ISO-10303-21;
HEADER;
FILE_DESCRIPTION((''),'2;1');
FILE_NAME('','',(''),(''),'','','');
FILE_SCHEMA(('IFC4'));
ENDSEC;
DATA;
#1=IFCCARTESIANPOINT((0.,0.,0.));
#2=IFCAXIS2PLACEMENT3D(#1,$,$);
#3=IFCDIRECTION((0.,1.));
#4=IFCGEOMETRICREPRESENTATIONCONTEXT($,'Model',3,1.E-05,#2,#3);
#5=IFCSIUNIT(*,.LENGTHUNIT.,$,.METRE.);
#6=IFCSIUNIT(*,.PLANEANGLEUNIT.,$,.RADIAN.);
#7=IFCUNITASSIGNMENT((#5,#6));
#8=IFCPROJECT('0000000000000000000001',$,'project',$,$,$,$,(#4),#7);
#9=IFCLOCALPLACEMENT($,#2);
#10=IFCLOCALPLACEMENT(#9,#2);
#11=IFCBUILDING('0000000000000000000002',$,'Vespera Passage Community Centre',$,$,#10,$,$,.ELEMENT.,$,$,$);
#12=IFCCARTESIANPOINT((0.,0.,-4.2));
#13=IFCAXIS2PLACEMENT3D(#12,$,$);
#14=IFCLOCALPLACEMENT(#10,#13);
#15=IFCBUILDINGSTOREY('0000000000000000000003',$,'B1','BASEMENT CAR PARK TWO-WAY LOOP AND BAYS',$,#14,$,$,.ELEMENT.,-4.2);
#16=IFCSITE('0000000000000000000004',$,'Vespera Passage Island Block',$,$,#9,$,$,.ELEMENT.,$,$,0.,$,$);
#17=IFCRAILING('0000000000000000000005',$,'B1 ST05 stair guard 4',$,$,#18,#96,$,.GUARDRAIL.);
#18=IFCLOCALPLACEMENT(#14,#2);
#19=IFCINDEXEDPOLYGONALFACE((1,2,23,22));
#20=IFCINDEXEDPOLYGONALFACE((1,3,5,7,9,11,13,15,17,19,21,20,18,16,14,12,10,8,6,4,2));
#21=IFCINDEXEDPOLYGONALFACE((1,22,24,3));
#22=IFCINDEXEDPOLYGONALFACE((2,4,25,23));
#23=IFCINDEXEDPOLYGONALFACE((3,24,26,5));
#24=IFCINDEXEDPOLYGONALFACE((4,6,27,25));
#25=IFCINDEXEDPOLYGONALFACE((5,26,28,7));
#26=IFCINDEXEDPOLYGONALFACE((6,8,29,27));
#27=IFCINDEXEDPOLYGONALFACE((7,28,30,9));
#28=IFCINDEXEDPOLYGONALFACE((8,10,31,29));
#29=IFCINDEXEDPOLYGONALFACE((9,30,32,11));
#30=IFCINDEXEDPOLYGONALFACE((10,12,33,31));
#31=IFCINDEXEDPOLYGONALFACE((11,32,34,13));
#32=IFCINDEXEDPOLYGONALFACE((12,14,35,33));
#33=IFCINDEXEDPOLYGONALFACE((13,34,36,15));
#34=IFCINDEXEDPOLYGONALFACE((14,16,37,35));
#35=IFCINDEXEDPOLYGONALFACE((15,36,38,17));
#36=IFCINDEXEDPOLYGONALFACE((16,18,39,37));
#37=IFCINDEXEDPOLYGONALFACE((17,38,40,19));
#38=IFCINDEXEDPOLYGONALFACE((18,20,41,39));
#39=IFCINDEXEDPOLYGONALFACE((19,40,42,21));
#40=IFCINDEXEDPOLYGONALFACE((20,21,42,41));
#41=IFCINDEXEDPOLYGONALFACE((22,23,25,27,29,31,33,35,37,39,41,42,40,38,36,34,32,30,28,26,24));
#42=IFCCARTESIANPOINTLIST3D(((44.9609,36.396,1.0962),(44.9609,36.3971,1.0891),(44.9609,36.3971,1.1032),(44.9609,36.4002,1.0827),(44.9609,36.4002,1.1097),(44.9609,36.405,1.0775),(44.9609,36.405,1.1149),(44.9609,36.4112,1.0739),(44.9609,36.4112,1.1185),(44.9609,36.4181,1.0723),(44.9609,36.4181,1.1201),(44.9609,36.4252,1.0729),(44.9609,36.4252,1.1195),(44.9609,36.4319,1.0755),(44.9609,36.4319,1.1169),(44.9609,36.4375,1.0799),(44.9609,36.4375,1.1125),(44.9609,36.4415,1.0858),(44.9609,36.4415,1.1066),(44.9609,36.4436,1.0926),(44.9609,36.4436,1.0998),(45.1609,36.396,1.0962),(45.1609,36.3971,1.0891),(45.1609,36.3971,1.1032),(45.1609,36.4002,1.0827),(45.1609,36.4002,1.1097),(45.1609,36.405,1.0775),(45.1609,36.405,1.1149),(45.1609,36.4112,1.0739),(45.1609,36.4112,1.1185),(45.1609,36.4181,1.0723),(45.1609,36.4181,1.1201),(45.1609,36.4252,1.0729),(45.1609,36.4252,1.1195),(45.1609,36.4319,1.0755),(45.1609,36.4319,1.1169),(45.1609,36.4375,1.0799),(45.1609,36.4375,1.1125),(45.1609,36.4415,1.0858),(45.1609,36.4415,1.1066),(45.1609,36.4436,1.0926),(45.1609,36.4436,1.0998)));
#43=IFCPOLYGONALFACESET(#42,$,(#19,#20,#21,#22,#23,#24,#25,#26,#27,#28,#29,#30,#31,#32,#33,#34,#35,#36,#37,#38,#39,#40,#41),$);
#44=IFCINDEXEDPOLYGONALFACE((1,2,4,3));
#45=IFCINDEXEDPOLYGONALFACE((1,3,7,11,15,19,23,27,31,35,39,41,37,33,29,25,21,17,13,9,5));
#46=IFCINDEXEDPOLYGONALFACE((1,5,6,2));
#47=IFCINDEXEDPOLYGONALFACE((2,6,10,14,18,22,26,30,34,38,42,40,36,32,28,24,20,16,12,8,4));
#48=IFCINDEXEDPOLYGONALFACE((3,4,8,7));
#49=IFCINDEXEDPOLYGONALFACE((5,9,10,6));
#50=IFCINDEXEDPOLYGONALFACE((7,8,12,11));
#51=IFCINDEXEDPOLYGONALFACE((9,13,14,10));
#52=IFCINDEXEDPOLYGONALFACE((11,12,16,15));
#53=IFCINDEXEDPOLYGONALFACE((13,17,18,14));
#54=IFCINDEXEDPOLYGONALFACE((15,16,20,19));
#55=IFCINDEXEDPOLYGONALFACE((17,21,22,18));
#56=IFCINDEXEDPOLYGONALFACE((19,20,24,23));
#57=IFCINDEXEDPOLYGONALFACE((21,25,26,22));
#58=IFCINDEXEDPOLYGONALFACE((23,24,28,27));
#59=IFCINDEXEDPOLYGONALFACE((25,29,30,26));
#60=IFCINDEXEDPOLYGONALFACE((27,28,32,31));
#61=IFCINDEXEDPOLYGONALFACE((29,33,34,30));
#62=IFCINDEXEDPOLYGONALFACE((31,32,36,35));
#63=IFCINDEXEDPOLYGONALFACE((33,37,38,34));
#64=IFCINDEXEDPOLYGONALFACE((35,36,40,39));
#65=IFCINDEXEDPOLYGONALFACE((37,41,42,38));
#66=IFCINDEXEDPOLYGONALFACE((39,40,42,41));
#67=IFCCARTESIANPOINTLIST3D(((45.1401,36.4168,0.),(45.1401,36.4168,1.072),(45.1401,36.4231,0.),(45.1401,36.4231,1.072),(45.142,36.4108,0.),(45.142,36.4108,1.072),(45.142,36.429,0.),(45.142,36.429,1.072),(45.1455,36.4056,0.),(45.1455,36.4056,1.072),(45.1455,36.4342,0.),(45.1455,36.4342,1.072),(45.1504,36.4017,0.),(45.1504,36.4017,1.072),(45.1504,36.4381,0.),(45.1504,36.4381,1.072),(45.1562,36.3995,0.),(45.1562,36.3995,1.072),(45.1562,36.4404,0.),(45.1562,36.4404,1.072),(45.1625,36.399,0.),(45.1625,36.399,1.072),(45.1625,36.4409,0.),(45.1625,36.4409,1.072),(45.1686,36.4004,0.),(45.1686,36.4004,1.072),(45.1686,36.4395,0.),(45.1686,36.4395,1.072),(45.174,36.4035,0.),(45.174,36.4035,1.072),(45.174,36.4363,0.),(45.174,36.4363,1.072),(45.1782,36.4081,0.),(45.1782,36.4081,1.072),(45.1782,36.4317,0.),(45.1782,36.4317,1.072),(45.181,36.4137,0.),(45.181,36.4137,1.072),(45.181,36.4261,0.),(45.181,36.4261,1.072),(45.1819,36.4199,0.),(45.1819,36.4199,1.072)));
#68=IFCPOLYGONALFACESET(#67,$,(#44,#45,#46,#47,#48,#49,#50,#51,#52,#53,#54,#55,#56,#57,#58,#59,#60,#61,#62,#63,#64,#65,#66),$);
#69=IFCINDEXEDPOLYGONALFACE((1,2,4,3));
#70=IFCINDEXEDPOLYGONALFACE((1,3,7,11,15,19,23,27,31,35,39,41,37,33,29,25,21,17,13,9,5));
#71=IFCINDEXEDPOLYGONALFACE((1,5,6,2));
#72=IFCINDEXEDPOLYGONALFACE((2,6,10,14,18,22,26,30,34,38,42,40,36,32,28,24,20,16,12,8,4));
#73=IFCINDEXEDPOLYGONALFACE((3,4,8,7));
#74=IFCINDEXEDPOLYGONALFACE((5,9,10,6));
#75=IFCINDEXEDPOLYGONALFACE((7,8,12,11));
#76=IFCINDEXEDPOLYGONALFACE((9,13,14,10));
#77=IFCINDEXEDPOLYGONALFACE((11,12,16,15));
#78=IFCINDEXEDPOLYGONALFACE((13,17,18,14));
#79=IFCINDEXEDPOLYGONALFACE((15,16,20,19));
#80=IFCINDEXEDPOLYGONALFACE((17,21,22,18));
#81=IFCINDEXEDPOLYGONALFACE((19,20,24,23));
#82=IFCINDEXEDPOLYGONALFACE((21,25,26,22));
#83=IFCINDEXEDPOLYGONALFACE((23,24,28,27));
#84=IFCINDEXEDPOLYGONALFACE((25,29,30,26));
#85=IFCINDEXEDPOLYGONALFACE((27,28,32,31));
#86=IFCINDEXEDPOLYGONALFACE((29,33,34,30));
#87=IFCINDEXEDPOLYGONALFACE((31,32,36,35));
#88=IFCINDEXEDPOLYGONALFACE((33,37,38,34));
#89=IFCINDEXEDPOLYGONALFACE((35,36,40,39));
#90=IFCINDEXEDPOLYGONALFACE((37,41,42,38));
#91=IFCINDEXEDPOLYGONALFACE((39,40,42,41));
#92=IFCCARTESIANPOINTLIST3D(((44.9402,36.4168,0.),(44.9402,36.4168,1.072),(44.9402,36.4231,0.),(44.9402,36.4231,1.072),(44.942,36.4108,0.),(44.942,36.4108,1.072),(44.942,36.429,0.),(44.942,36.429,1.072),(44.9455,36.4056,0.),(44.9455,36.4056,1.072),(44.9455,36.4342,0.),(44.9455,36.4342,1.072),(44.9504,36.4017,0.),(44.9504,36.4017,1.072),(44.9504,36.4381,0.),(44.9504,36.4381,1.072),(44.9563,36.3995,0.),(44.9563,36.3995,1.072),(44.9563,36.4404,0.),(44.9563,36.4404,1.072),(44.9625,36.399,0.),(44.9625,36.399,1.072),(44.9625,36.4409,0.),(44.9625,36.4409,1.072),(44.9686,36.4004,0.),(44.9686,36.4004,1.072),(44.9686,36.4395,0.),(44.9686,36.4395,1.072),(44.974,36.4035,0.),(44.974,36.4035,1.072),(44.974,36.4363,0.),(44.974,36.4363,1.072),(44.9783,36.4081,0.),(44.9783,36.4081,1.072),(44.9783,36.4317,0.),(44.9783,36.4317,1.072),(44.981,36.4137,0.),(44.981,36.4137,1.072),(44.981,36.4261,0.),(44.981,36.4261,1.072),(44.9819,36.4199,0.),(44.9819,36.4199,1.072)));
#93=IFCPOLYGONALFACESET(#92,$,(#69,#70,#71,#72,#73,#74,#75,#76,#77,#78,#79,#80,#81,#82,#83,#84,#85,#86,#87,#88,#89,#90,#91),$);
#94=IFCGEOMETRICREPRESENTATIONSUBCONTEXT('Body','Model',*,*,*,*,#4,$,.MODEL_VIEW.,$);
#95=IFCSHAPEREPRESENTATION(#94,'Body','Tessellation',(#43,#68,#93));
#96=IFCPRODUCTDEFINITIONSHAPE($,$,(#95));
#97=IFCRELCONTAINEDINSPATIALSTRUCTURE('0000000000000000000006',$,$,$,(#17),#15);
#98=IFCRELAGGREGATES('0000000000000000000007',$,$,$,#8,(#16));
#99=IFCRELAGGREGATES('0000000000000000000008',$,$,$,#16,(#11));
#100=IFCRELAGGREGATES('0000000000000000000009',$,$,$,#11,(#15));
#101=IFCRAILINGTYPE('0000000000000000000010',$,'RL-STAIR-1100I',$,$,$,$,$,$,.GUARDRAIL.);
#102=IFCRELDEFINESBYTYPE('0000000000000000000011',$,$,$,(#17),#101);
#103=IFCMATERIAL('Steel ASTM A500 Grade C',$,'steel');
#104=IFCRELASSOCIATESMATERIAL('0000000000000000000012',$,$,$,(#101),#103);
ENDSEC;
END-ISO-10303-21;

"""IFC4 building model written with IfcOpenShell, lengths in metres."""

from ifc_helpers import new_model, si_unit, direction, frame, origin, origin_2d, place, context, subcontext, project, spatial, circle, extrude, material, type_object, element, save


model = new_model("IFC4")

# Units and contexts
model_context = context("Model", 3, precision=1e-05, world=origin(), true_north=direction((0.0, 1.0)))
body_context = subcontext(model_context, "Body", "Model", "MODEL_VIEW")
ifc_project = project(units=[si_unit("LENGTHUNIT", "METRE"), si_unit("PLANEANGLEUNIT", "RADIAN")], contexts=[model_context])

# Site, building, storey
site_placement = place(None, origin())
site = spatial("IfcSite", under=ifc_project, at=site_placement, Name="Vespera Passage Island Block", CompositionType="ELEMENT", RefElevation=0.0)
building_placement = place(site_placement, origin())
building = spatial("IfcBuilding", under=site, at=building_placement, Name="Vespera Passage Community Centre", CompositionType="ELEMENT")
storey_placement = place(building_placement, frame((0.0, 0.0, -4.2)))
storey = spatial("IfcBuildingStorey", under=building, at=storey_placement, Name="B1", Description="BASEMENT CAR PARK TWO-WAY LOOP AND BAYS", CompositionType="ELEMENT", Elevation=-4.2)

# Railing
ifc_material_1 = material(Name="Steel ASTM A500 Grade C", Category="steel")
railing_type = type_object("IfcRailingType", Name="RL-STAIR-1100I", PredefinedType="GUARDRAIL", material=ifc_material_1)
railing_1_placement = place(storey_placement, frame((45.1609, 36.4199, 0.0)))
element("IfcRailing", 1, at=railing_1_placement, inside=storey, type_object=railing_type, Name="B1 ST05 stair guard 4", PredefinedType="GUARDRAIL", context=body_context, shape_type="SweptSolid", body=[
    extrude(circle(Radius=0.0239, at=origin_2d()), frame((0.0, 0.0, 1.0962), z_axis=(-1.0, 0.0, 0.0), x_axis=(0.0, -1.0, 0.0)), (0.0, 0.0, 1.0), 0.2),
    extrude(circle(Radius=0.021, at=origin_2d()), origin(), (0.0, 0.0, 1.0), 1.072),
    extrude(circle(Radius=0.021, at=origin_2d()), frame((-0.2, 0.0, 0.0)), (0.0, 0.0, 1.0), 1.072),
])

save(model, "model.ifc")
